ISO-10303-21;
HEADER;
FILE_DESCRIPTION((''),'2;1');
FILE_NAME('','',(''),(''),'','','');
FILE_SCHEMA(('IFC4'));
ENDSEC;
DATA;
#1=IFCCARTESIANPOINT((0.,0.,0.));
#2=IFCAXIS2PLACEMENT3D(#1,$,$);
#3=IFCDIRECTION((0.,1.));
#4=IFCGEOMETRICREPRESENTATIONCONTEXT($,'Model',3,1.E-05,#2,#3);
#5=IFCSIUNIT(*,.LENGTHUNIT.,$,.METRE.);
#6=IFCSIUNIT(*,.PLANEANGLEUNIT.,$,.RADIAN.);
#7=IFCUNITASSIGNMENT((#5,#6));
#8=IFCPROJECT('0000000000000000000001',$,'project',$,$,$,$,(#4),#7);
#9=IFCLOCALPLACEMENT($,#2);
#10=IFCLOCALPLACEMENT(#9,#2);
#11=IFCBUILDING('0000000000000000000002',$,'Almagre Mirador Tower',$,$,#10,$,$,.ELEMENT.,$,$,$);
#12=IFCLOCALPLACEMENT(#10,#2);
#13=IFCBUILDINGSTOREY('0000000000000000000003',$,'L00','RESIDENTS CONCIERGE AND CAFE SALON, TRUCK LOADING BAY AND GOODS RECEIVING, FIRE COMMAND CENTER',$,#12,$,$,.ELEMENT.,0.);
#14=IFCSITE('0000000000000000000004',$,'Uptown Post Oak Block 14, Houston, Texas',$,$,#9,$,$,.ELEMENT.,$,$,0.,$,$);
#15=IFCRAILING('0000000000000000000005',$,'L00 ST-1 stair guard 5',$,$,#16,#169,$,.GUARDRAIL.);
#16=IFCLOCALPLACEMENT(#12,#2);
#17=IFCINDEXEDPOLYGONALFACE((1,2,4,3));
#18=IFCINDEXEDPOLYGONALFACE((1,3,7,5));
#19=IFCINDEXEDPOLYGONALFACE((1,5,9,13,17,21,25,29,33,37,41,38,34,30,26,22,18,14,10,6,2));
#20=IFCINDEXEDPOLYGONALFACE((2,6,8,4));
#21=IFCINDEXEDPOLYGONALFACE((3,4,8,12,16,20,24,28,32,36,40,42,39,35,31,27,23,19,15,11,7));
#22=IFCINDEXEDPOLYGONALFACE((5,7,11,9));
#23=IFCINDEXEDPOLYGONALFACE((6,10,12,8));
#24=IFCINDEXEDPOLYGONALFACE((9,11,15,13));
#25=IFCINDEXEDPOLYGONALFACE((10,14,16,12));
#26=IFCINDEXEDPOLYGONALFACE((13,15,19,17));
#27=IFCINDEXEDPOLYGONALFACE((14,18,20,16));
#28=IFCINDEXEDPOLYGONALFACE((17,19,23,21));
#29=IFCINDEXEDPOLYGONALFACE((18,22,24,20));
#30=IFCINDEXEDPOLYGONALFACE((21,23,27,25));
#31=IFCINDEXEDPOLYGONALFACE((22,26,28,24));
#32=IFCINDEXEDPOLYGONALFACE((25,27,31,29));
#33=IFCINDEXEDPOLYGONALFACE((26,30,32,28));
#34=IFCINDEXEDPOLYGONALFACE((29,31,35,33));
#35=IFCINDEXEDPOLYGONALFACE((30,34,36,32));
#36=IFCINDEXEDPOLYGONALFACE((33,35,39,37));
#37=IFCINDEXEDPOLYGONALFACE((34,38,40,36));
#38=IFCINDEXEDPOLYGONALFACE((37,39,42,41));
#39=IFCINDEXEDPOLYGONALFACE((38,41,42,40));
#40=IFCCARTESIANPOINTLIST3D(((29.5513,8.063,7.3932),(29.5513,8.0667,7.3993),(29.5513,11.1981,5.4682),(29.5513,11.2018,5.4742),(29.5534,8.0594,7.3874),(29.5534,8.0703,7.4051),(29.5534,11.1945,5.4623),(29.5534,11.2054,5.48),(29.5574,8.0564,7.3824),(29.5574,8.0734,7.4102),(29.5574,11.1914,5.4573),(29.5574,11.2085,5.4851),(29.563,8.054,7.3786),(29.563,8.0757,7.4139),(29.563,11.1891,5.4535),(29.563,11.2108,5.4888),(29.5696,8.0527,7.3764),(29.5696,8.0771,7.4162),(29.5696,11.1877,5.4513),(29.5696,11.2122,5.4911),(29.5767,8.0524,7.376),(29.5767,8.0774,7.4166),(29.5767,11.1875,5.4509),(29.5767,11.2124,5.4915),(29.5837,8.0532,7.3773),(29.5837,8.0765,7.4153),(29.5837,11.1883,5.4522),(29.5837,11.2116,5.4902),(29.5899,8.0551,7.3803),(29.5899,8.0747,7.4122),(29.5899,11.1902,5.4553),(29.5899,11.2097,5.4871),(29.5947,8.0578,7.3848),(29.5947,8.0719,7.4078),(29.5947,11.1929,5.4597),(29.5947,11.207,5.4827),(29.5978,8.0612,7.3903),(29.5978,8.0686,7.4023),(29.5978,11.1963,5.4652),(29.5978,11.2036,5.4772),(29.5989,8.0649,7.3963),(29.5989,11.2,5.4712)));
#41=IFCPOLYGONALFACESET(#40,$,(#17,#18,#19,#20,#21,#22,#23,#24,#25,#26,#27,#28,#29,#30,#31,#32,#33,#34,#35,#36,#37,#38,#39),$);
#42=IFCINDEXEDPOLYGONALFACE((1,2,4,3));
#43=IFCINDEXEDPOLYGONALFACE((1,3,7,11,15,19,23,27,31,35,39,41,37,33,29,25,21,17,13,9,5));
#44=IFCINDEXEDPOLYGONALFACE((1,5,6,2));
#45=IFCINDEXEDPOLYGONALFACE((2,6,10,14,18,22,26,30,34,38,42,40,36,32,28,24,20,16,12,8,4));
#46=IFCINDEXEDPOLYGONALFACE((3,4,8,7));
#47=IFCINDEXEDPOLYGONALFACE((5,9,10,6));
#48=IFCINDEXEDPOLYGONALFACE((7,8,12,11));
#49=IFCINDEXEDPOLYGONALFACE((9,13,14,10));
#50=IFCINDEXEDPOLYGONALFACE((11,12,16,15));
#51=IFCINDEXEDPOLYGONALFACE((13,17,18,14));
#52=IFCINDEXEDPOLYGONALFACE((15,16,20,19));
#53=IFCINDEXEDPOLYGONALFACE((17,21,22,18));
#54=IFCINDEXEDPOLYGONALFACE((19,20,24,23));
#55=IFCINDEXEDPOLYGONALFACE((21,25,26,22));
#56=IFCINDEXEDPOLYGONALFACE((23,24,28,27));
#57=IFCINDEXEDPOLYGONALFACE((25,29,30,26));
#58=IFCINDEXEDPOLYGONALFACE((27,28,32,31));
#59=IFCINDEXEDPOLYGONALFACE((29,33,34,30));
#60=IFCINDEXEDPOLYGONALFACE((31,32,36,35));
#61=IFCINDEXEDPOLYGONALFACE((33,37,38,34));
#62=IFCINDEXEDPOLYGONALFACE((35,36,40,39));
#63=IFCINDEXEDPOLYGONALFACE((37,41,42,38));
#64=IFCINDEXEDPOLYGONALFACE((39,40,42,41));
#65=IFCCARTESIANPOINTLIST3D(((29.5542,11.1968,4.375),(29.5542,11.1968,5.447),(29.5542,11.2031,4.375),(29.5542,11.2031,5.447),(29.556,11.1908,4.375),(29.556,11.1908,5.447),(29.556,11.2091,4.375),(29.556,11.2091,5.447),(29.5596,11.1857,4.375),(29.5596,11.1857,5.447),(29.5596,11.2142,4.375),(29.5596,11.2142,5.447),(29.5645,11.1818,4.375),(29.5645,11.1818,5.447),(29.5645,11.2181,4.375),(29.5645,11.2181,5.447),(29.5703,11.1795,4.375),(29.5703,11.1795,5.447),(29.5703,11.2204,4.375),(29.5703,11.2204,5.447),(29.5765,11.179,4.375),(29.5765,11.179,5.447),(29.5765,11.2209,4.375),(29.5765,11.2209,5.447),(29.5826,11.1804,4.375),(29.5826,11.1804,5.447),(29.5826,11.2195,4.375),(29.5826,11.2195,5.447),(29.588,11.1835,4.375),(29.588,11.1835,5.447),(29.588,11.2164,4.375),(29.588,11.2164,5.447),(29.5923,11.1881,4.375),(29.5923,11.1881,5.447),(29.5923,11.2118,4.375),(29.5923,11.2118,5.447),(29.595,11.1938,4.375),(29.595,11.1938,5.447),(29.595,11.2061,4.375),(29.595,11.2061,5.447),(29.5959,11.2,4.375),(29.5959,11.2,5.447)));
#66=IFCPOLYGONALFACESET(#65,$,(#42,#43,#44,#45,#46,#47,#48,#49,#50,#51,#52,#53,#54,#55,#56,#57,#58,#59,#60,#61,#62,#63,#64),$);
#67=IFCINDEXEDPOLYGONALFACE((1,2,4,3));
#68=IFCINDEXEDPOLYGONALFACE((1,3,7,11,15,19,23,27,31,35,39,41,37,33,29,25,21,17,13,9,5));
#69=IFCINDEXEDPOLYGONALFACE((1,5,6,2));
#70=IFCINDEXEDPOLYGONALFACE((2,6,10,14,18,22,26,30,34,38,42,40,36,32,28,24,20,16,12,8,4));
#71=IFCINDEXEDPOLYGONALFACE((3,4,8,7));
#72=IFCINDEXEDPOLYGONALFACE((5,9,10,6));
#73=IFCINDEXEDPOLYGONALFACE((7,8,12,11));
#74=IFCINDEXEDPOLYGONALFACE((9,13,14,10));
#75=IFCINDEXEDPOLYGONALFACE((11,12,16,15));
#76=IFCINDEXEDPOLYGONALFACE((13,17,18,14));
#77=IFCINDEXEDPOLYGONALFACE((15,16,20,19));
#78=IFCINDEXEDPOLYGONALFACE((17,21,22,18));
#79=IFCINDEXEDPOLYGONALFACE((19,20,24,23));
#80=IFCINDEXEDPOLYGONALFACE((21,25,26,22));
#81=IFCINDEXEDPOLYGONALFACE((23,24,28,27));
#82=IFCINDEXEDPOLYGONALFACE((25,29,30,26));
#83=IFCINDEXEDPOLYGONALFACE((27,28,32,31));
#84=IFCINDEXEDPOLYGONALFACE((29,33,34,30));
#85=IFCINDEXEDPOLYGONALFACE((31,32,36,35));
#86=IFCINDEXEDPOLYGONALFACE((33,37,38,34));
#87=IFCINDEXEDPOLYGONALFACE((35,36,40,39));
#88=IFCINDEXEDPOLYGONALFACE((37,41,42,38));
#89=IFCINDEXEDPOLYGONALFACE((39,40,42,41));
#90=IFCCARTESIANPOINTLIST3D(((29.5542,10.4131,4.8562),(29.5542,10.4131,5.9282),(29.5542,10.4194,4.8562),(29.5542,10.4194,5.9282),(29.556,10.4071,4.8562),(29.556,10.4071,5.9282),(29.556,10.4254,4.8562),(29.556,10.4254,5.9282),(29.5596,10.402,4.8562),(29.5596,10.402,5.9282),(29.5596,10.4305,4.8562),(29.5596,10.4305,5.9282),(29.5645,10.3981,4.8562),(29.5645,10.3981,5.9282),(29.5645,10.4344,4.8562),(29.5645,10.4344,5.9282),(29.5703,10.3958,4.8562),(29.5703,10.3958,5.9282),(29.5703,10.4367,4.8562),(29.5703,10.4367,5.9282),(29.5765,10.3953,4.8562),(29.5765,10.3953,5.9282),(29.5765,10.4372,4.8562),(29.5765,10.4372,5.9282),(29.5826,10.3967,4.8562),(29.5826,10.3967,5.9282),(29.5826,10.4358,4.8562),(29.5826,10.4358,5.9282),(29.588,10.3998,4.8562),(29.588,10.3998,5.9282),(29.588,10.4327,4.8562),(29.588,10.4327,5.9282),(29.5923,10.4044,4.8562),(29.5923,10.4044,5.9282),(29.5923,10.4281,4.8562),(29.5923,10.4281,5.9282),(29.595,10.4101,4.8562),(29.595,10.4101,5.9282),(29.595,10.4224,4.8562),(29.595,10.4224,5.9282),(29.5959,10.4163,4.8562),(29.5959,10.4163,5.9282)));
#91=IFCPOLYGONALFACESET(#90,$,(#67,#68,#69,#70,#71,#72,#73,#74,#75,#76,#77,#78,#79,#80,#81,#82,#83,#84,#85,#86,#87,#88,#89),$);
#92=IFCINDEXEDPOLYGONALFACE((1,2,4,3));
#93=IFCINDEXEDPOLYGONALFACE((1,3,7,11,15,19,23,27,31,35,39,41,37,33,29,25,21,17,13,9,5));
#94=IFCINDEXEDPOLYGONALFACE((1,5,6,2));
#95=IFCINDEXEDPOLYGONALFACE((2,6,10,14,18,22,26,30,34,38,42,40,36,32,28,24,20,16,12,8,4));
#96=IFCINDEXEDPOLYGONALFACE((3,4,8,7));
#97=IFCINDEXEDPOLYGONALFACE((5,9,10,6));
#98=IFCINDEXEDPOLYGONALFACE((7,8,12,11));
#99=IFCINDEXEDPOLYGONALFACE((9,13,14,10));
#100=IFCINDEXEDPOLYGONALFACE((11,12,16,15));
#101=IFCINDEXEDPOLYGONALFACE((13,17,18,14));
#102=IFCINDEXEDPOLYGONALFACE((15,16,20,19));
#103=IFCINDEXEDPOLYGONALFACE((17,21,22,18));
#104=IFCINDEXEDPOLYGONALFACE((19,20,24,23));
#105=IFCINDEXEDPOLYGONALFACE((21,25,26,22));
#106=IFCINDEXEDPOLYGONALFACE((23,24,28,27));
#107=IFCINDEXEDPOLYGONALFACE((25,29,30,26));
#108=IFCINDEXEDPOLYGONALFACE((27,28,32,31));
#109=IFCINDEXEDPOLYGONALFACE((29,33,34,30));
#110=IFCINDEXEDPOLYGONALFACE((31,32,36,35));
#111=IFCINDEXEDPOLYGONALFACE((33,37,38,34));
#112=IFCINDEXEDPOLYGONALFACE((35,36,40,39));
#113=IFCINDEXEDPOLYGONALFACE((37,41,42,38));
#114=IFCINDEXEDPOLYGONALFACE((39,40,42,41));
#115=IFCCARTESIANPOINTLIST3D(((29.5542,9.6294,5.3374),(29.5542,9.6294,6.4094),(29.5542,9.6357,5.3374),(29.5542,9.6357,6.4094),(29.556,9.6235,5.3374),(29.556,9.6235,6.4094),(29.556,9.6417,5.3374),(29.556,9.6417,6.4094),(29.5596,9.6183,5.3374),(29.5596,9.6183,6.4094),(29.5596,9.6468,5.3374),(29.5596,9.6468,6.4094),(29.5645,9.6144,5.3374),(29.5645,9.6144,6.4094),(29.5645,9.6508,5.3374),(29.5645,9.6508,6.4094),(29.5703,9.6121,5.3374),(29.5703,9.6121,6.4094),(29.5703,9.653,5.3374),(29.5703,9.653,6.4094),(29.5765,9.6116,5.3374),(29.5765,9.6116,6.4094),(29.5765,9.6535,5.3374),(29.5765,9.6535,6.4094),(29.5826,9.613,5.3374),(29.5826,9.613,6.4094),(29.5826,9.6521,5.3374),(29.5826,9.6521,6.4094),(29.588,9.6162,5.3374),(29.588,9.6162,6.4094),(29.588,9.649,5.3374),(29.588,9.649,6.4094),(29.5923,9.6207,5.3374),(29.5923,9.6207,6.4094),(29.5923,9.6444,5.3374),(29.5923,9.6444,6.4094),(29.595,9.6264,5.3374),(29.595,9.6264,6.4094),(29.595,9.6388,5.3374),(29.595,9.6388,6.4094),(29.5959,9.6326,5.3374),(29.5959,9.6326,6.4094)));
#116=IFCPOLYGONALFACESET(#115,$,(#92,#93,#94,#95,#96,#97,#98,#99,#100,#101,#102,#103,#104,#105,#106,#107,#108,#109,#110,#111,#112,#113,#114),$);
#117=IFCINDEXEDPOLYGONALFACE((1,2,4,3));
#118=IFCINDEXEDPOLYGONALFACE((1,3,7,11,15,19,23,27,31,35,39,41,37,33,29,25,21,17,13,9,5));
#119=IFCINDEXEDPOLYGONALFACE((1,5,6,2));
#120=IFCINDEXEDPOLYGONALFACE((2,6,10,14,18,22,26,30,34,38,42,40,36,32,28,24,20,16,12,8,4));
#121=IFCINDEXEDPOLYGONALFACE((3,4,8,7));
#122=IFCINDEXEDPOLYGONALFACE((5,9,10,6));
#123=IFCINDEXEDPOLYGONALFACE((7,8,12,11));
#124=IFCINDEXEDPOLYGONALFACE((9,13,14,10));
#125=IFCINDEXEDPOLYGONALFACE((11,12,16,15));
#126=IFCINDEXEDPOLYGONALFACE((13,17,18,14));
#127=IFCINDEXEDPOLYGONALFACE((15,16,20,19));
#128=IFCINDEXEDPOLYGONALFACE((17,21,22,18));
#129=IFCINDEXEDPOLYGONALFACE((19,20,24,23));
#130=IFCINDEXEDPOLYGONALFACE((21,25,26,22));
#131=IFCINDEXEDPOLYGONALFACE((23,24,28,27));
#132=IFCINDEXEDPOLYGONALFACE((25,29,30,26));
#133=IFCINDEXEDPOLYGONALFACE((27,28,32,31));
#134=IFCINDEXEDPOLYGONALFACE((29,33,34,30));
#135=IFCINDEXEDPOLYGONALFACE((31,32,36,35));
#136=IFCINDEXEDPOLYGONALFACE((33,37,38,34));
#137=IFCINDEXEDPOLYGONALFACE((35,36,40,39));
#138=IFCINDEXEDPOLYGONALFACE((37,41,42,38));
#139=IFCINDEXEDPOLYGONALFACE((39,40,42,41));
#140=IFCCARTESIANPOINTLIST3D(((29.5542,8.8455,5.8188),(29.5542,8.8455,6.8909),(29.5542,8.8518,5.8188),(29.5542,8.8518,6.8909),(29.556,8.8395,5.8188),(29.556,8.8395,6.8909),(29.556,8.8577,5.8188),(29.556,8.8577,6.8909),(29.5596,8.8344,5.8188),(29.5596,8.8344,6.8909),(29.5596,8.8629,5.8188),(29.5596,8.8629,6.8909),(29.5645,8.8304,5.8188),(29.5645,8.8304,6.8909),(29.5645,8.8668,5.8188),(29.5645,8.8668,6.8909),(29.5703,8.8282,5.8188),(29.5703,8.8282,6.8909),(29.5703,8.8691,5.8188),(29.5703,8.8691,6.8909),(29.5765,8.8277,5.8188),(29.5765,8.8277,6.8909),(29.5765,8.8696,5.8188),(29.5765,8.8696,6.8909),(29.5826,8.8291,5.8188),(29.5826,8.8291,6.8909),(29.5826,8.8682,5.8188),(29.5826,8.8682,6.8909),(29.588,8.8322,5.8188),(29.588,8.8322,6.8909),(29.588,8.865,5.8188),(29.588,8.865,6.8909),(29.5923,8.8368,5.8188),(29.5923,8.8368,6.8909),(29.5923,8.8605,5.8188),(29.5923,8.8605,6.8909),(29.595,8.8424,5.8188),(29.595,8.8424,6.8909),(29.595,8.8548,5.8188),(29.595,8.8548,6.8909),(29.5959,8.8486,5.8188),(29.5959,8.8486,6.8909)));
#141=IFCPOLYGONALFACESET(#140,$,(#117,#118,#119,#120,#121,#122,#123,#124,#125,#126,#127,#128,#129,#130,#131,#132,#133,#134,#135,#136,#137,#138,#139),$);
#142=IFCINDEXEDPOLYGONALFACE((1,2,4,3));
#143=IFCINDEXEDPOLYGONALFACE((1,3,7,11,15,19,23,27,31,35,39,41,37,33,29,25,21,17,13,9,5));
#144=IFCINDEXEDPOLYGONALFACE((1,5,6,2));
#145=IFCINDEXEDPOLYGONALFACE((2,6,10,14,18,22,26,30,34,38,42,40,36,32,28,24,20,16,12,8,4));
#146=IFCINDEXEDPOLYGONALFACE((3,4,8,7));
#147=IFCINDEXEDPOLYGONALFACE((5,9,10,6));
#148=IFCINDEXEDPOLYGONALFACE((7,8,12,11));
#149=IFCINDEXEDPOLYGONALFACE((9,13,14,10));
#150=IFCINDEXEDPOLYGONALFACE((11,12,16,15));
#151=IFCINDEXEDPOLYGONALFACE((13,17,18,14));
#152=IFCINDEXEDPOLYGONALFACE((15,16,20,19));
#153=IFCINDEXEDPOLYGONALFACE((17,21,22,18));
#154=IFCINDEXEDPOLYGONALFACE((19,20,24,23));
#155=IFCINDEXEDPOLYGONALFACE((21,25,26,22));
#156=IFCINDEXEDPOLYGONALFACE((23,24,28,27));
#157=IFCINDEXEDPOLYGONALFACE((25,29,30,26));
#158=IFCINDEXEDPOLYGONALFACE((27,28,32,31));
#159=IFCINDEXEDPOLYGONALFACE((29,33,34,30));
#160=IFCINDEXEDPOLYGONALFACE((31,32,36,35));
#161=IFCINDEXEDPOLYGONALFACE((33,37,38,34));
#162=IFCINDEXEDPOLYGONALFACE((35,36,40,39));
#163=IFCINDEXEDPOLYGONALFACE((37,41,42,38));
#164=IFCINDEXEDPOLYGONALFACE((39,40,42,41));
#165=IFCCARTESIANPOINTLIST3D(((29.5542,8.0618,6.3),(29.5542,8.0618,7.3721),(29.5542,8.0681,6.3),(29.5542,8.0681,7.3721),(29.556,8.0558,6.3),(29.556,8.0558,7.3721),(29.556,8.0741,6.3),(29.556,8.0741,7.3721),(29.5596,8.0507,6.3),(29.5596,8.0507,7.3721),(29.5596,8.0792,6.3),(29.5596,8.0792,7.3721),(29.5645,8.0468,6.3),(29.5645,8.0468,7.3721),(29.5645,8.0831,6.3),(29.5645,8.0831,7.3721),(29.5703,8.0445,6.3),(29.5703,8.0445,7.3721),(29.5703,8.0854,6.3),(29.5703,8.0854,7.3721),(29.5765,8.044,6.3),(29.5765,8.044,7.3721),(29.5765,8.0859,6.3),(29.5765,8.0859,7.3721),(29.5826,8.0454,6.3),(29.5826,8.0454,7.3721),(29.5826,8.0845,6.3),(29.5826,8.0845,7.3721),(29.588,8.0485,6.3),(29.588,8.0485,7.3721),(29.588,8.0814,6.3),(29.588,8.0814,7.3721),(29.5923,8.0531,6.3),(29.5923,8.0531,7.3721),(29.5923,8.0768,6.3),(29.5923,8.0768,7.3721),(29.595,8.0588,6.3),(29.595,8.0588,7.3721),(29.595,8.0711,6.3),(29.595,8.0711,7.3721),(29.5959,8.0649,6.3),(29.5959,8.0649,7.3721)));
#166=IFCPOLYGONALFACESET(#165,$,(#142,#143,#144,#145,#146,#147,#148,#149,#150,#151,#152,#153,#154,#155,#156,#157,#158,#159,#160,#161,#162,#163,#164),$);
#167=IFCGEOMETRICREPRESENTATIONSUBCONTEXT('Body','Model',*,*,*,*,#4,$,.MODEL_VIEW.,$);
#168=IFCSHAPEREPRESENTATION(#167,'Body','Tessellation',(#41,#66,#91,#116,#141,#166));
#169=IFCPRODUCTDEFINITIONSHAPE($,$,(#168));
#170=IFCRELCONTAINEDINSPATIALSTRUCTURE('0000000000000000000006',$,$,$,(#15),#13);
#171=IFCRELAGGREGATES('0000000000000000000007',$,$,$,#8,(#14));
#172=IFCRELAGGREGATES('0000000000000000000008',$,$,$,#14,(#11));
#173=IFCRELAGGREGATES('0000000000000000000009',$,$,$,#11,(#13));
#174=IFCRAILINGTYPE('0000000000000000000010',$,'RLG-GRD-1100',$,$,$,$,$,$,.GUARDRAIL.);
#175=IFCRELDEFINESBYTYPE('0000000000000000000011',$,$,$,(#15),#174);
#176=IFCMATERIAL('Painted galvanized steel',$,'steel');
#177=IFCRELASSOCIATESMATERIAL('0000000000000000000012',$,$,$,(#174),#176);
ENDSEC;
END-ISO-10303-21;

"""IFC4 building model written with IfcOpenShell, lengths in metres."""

from ifc_helpers import new_model, si_unit, direction, frame, origin, origin_2d, place, context, subcontext, project, spatial, circle, extrude, material, type_object, element, save


model = new_model("IFC4")

# Units and contexts
model_context = context("Model", 3, precision=1e-05, world=origin(), true_north=direction((0.0, 1.0)))
body_context = subcontext(model_context, "Body", "Model", "MODEL_VIEW")
ifc_project = project(units=[si_unit("LENGTHUNIT", "METRE"), si_unit("PLANEANGLEUNIT", "RADIAN")], contexts=[model_context])

# Site, building, storey
site_placement = place(None, origin())
site = spatial("IfcSite", under=ifc_project, at=site_placement, Name="Uptown Post Oak Block 14, Houston, Texas", CompositionType="ELEMENT", RefElevation=0.0)
building_placement = place(site_placement, origin())
building = spatial("IfcBuilding", under=site, at=building_placement, Name="Almagre Mirador Tower", CompositionType="ELEMENT")
storey_placement = place(building_placement, origin())
storey = spatial("IfcBuildingStorey", under=building, at=storey_placement, Name="L00", Description="RESIDENTS CONCIERGE AND CAFE SALON, TRUCK LOADING BAY AND GOODS RECEIVING, FIRE COMMAND CENTER", CompositionType="ELEMENT", Elevation=0.0)

# Railing
ifc_material_1 = material(Name="Painted galvanized steel", Category="steel")
railing_type_1 = type_object("IfcRailingType", Name="RLG-GRD-1100", PredefinedType="GUARDRAIL", material=ifc_material_1)
railing_1_placement = place(storey_placement, frame((29.575, 11.2, 4.375)))
element("IfcRailing", 1, at=railing_1_placement, inside=storey, type_object=railing_type_1, Name="L00 ST-1 stair guard 5", PredefinedType="GUARDRAIL", context=body_context, shape_type="SweptSolid", body=[
    extrude(circle(Radius=0.0239, at=origin_2d()), frame((0.0, 0.0, 1.0962), z_axis=(0.0, -0.852166, 0.523271), x_axis=(1.0, 0.0, 0.0)), (0.0, 0.0, 1.0), 3.679),
    extrude(circle(Radius=0.021, at=origin_2d()), origin(), (0.0, 0.0, 1.0), 1.072),
    extrude(circle(Radius=0.021, at=origin_2d()), frame((0.0, -0.7837, 0.4812)), (0.0, 0.0, 1.0), 1.072),
    extrude(circle(Radius=0.021, at=origin_2d()), frame((0.0, -1.5674, 0.9624)), (0.0, 0.0, 1.0), 1.072),
    extrude(circle(Radius=0.021, at=origin_2d()), frame((0.0, -2.3513, 1.4438)), (0.0, 0.0, 1.0), 1.072),
    extrude(circle(Radius=0.021, at=origin_2d()), frame((0.0, -3.135, 1.925)), (0.0, 0.0, 1.0), 1.072),
])

save(model, "model.ifc")
